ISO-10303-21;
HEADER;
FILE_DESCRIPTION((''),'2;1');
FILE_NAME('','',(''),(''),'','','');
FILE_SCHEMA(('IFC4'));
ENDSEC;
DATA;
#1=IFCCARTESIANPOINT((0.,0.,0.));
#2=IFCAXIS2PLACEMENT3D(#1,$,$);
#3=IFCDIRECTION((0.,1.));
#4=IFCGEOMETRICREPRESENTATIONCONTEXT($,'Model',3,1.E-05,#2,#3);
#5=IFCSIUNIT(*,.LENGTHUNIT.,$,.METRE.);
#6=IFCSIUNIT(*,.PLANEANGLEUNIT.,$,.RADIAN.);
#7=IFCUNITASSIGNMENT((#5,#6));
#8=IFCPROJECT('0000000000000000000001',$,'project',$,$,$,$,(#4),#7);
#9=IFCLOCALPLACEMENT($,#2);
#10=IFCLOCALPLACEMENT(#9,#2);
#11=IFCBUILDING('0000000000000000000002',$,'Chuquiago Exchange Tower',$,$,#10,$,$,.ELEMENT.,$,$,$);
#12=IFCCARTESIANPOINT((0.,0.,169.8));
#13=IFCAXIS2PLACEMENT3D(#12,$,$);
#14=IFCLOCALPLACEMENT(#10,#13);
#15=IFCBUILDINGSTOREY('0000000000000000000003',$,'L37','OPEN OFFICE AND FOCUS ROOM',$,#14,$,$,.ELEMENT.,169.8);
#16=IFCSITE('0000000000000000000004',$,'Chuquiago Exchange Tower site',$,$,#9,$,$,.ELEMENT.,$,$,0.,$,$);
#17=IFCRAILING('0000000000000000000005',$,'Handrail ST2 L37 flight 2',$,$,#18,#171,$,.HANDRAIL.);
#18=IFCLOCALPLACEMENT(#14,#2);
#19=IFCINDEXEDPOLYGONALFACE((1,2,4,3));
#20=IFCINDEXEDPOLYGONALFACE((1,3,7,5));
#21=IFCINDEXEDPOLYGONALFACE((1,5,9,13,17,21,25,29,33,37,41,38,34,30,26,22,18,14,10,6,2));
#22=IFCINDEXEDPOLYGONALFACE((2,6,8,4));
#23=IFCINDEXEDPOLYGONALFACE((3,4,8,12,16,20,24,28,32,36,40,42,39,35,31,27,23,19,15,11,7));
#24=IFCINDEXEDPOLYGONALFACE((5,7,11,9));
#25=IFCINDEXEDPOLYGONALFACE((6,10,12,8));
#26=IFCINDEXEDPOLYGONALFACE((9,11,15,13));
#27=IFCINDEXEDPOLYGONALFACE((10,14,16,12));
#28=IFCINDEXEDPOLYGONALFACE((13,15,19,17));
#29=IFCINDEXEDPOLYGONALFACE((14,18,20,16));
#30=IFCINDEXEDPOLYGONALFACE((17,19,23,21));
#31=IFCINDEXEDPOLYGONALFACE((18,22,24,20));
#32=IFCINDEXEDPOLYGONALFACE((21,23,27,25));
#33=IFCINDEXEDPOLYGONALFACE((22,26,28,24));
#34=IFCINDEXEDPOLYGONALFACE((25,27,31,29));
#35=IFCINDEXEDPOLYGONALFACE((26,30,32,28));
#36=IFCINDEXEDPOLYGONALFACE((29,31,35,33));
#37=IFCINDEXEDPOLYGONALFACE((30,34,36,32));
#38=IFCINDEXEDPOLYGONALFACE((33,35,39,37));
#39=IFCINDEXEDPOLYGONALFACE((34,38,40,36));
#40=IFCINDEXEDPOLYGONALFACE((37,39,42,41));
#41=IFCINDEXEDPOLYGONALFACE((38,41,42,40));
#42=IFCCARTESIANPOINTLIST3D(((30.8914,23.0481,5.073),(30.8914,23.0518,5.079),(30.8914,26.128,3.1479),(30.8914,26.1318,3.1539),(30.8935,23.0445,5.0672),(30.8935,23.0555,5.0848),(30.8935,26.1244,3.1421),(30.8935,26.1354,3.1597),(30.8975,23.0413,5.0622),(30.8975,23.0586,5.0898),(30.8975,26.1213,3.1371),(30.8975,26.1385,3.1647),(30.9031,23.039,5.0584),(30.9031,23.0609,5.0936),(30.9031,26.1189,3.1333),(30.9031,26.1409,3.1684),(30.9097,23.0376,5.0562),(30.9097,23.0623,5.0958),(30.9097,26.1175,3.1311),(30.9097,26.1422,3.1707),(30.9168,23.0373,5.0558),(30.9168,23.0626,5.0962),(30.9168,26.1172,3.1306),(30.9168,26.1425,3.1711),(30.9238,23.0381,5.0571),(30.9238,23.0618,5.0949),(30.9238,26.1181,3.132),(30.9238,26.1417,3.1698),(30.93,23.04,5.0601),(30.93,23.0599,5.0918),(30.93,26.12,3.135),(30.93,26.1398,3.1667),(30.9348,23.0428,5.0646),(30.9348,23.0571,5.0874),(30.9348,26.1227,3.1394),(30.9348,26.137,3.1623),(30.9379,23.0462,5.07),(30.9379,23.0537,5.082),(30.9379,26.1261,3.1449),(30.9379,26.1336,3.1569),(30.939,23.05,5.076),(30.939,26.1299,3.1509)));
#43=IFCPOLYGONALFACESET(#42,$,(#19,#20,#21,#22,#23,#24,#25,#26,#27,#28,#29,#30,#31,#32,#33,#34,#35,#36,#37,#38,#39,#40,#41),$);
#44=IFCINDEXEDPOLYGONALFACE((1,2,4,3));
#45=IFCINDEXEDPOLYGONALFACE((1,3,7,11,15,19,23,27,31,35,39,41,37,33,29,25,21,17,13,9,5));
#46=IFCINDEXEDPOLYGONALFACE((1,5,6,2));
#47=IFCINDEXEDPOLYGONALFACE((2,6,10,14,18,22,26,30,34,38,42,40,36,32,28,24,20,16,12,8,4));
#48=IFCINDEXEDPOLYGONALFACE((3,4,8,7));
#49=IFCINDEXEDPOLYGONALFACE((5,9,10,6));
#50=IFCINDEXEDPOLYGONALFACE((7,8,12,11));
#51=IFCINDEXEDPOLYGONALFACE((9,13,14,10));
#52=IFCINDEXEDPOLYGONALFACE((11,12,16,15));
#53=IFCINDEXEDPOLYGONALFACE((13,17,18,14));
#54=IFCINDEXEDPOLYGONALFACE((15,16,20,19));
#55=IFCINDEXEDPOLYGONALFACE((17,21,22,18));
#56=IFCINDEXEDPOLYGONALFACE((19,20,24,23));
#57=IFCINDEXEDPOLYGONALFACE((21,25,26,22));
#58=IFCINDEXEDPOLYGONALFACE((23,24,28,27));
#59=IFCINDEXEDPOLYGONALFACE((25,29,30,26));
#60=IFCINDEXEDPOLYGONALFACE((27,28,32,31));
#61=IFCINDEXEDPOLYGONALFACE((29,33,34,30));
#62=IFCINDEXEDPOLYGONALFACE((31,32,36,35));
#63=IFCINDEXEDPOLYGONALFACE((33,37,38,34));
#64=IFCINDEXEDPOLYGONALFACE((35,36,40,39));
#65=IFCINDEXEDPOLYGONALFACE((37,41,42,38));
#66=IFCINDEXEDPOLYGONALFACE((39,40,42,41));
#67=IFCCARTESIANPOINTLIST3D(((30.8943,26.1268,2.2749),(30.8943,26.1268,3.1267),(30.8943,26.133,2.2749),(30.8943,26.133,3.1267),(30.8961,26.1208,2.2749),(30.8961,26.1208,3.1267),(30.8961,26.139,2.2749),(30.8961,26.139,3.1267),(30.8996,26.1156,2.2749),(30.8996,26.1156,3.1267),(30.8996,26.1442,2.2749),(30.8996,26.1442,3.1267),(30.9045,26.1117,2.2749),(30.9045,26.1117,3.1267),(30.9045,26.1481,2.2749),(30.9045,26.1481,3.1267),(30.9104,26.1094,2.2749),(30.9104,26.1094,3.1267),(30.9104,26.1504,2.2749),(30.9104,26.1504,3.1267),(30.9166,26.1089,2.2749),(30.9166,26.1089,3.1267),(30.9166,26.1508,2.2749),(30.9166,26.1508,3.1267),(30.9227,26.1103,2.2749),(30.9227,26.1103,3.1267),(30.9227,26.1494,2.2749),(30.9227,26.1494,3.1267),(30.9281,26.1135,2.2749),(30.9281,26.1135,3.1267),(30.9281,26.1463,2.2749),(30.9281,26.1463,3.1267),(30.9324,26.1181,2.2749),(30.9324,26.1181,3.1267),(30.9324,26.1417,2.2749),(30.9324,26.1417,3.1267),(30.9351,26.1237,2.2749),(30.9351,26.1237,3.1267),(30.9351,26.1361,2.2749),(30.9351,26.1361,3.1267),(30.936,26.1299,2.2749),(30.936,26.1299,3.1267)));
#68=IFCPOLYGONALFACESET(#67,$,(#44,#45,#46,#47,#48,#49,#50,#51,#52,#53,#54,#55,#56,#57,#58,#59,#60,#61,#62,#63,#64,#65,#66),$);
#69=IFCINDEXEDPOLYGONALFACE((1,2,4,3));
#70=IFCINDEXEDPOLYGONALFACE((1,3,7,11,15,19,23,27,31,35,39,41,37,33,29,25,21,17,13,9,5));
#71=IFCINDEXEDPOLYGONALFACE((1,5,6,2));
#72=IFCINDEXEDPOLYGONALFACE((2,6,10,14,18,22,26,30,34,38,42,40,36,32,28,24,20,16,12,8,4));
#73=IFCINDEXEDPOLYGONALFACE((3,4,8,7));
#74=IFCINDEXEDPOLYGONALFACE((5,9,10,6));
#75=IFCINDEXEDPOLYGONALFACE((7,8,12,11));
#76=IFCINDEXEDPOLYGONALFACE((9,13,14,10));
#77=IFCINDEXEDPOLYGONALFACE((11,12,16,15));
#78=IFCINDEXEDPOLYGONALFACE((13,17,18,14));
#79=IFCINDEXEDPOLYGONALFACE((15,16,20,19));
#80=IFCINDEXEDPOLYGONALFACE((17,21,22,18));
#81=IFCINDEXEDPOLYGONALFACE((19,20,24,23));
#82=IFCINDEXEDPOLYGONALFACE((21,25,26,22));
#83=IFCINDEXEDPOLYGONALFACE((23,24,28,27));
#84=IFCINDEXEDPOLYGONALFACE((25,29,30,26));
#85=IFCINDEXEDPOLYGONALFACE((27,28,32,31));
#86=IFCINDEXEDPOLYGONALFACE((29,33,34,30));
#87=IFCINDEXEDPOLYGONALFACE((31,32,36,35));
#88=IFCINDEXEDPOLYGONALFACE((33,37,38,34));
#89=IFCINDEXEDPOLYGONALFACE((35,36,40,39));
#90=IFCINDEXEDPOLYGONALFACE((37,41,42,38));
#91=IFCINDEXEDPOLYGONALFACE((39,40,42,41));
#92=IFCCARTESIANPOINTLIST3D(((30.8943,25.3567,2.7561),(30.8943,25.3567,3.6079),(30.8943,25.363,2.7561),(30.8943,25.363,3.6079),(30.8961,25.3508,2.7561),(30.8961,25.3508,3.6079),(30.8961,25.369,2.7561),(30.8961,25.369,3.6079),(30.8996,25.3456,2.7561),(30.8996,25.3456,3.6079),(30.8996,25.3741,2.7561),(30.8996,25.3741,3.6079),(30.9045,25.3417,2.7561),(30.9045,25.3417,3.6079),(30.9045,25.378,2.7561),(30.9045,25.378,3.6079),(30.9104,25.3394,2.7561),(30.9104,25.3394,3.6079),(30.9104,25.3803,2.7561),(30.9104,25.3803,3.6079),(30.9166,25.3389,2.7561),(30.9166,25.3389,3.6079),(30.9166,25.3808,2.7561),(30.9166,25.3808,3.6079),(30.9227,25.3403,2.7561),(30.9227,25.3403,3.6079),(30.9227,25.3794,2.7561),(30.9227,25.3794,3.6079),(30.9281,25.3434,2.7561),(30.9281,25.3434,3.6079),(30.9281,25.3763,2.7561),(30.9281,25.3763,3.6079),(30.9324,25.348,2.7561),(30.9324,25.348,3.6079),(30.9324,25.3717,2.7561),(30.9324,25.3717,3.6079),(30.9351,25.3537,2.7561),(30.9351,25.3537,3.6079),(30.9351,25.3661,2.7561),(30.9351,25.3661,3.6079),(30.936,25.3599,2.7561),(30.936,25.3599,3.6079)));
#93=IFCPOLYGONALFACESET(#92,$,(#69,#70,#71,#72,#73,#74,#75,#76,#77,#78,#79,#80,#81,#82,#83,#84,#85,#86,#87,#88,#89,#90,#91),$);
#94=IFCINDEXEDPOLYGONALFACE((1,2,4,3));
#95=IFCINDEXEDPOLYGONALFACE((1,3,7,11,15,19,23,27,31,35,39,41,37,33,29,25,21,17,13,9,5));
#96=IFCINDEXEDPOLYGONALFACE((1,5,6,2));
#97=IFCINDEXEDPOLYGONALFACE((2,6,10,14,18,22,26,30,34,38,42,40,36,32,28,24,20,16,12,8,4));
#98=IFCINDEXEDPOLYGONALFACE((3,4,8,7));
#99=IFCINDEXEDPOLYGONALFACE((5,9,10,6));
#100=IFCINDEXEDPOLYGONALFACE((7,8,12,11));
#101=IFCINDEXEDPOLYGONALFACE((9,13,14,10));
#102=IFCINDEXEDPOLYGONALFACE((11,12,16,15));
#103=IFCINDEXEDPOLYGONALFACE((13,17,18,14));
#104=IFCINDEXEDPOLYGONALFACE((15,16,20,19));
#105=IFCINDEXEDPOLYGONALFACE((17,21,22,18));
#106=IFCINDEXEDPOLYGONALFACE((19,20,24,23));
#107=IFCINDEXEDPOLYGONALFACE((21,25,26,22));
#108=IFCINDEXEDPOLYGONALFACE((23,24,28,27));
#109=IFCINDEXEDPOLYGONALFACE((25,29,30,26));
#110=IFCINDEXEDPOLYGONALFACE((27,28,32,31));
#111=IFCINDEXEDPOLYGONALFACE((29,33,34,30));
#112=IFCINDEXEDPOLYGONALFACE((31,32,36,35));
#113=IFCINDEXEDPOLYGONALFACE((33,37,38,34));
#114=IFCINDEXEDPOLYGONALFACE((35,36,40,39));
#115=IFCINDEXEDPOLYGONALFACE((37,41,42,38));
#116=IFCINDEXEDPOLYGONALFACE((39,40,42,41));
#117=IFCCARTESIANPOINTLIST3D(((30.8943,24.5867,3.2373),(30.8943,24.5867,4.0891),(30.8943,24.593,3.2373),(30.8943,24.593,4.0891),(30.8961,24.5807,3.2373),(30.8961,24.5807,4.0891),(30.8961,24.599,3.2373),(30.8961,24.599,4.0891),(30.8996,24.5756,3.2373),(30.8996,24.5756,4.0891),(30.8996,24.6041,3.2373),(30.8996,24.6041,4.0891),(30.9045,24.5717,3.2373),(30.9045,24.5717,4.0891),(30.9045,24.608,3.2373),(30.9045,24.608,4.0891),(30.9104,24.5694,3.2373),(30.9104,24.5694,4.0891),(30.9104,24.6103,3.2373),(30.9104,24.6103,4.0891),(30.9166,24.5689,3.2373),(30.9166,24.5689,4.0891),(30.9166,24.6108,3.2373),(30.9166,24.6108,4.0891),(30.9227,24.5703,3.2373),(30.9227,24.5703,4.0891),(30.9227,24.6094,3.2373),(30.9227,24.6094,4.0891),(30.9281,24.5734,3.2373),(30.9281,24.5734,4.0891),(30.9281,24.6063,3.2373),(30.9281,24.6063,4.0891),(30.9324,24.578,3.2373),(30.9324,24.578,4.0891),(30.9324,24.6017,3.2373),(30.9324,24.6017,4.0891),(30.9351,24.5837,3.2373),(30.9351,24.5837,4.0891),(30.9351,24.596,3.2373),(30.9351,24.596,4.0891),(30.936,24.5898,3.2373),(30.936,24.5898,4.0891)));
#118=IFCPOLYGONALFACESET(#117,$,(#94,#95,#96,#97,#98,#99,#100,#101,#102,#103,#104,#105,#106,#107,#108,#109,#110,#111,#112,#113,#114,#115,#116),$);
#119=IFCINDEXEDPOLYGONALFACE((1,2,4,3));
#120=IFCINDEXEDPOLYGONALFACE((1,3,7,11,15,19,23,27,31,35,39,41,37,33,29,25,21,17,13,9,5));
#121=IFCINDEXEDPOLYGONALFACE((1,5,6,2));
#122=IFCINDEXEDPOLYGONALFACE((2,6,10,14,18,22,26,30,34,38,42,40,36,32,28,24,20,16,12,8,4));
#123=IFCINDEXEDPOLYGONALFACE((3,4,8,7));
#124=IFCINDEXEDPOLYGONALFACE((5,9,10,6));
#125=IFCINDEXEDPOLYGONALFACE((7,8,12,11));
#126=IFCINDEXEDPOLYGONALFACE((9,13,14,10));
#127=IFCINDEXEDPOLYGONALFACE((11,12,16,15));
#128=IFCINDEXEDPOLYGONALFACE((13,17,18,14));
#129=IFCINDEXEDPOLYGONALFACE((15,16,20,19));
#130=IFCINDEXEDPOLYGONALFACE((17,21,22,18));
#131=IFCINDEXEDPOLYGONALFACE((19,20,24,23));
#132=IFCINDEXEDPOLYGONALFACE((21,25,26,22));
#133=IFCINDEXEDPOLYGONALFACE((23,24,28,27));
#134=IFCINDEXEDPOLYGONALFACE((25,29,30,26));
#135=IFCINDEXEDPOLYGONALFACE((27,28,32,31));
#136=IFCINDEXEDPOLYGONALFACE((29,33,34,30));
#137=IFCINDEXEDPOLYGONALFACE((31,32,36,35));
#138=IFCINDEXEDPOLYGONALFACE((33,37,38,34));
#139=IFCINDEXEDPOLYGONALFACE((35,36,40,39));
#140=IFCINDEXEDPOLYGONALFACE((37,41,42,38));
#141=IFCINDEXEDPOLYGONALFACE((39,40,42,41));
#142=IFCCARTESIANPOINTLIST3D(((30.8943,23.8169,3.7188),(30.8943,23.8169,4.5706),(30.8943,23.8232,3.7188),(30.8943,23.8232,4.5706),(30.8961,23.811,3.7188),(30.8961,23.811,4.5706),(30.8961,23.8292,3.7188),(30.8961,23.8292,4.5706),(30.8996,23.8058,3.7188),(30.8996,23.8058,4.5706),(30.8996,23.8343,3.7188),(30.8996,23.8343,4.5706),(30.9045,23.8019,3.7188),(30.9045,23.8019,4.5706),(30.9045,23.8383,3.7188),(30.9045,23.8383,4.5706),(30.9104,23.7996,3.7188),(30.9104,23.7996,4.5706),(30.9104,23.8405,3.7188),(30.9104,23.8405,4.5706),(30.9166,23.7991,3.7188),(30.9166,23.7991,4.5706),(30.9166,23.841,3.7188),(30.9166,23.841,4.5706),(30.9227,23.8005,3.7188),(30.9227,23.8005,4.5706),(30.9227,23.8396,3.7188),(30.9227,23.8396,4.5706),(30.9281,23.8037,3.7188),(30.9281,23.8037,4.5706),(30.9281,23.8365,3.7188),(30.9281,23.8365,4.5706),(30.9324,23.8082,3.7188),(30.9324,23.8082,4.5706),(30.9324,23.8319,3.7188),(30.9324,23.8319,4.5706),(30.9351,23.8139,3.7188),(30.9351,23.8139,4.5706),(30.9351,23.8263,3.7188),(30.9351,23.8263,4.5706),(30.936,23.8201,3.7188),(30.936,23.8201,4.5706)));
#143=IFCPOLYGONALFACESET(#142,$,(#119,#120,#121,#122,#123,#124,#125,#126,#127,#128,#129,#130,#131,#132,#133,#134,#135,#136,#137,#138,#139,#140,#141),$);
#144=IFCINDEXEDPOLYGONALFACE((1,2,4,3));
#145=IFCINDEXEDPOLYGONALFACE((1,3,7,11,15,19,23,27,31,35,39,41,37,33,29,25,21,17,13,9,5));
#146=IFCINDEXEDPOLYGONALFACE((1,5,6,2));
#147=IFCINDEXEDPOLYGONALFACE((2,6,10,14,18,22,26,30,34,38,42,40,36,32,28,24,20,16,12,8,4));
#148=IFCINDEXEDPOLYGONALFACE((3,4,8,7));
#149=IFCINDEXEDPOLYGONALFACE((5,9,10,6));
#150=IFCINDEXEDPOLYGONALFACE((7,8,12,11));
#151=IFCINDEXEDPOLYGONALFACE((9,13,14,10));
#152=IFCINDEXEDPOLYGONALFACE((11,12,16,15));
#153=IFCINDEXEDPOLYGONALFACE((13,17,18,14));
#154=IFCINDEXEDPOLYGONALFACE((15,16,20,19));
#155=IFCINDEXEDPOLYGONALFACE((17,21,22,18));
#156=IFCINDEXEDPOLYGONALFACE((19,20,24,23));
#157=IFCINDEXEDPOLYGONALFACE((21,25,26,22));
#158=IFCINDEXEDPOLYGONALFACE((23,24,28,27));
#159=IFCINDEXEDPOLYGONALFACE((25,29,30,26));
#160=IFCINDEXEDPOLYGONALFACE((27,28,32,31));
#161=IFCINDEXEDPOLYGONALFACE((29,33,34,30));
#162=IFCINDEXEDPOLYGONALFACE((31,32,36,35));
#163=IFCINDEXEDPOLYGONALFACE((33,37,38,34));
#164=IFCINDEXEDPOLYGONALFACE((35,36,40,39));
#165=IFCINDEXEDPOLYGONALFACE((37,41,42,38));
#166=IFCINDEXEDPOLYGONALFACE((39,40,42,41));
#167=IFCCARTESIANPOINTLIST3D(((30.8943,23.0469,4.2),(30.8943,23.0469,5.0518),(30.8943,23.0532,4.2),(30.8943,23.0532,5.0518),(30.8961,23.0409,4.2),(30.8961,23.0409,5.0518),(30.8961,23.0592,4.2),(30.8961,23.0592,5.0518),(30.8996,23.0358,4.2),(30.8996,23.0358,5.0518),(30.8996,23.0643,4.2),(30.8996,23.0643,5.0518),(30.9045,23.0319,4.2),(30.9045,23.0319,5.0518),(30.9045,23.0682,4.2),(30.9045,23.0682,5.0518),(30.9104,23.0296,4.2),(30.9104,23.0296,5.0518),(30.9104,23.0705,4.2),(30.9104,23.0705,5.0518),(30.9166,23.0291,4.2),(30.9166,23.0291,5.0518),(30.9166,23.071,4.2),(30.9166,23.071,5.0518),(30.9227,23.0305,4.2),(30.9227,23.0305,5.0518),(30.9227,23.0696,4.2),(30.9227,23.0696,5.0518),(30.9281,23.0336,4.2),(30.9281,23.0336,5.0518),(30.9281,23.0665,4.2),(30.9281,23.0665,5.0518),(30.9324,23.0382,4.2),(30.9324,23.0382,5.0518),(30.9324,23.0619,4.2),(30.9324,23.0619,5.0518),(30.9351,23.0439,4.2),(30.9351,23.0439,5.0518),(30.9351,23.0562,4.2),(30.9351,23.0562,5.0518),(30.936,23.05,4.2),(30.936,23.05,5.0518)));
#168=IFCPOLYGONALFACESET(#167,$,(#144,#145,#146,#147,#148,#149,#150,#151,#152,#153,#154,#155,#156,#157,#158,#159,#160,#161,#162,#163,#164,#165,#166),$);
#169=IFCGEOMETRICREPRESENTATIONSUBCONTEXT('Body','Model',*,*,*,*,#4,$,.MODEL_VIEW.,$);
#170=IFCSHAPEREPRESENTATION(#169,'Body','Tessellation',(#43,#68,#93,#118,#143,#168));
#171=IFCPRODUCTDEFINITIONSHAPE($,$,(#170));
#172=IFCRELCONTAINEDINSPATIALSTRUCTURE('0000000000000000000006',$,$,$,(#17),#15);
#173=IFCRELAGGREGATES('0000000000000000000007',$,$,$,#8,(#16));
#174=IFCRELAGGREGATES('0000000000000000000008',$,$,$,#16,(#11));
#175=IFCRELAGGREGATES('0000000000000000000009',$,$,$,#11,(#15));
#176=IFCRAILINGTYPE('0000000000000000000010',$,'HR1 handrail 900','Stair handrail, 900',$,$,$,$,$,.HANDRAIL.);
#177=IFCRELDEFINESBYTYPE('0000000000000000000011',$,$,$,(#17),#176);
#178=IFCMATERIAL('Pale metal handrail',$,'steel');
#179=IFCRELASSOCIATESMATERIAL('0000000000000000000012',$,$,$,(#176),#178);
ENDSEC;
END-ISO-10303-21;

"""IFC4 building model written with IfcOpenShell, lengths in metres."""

from ifc_helpers import new_model, si_unit, direction, frame, origin, origin_2d, place, context, subcontext, project, spatial, circle, extrude, material, type_object, element, save


model = new_model("IFC4")

# Units and contexts
model_context = context("Model", 3, precision=1e-05, world=origin(), true_north=direction((0.0, 1.0)))
body_context = subcontext(model_context, "Body", "Model", "MODEL_VIEW")
ifc_project = project(units=[si_unit("LENGTHUNIT", "METRE"), si_unit("PLANEANGLEUNIT", "RADIAN")], contexts=[model_context])

# Site, building, storey
site_placement = place(None, origin())
site = spatial("IfcSite", under=ifc_project, at=site_placement, Name="Chuquiago Exchange Tower site", CompositionType="ELEMENT", RefElevation=0.0)
building_placement = place(site_placement, origin())
building = spatial("IfcBuilding", under=site, at=building_placement, Name="Chuquiago Exchange Tower", CompositionType="ELEMENT")
storey_placement = place(building_placement, frame((0.0, 0.0, 169.8)))
storey = spatial("IfcBuildingStorey", under=building, at=storey_placement, Name="L37", Description="OPEN OFFICE AND FOCUS ROOM", CompositionType="ELEMENT", Elevation=169.8)

# Railing
ifc_material_1 = material(Name="Pale metal handrail", Category="steel")
railing_type_1 = type_object("IfcRailingType", Name="HR1 handrail 900", Description="Stair handrail, 900", PredefinedType="HANDRAIL", material=ifc_material_1)
railing_1_placement = place(storey_placement, frame((30.915, 26.1299, 2.2749)))
element("IfcRailing", 1, at=railing_1_placement, inside=storey, type_object=railing_type_1, Name="Handrail ST2 L37 flight 2", PredefinedType="HANDRAIL", context=body_context, shape_type="SweptSolid", body=[
    extrude(circle(Radius=0.0239, at=origin_2d()), frame((0.0, 0.0, 0.876), z_axis=(0.0, -0.847979, 0.530029), x_axis=(1.0, 0.0, 0.0)), (0.0, 0.0, 1.0), 3.6321),
    extrude(circle(Radius=0.021, at=origin_2d()), origin(), (0.0, 0.0, 1.0), 0.8518),
    extrude(circle(Radius=0.021, at=origin_2d()), frame((0.0, -0.77, 0.4812)), (0.0, 0.0, 1.0), 0.8518),
    extrude(circle(Radius=0.021, at=origin_2d()), frame((0.0, -1.54, 0.9624)), (0.0, 0.0, 1.0), 0.8518),
    extrude(circle(Radius=0.021, at=origin_2d()), frame((0.0, -2.3098, 1.4438)), (0.0, 0.0, 1.0), 0.8518),
    extrude(circle(Radius=0.021, at=origin_2d()), frame((0.0, -3.0798, 1.925)), (0.0, 0.0, 1.0), 0.8518),
])

save(model, "model.ifc")
